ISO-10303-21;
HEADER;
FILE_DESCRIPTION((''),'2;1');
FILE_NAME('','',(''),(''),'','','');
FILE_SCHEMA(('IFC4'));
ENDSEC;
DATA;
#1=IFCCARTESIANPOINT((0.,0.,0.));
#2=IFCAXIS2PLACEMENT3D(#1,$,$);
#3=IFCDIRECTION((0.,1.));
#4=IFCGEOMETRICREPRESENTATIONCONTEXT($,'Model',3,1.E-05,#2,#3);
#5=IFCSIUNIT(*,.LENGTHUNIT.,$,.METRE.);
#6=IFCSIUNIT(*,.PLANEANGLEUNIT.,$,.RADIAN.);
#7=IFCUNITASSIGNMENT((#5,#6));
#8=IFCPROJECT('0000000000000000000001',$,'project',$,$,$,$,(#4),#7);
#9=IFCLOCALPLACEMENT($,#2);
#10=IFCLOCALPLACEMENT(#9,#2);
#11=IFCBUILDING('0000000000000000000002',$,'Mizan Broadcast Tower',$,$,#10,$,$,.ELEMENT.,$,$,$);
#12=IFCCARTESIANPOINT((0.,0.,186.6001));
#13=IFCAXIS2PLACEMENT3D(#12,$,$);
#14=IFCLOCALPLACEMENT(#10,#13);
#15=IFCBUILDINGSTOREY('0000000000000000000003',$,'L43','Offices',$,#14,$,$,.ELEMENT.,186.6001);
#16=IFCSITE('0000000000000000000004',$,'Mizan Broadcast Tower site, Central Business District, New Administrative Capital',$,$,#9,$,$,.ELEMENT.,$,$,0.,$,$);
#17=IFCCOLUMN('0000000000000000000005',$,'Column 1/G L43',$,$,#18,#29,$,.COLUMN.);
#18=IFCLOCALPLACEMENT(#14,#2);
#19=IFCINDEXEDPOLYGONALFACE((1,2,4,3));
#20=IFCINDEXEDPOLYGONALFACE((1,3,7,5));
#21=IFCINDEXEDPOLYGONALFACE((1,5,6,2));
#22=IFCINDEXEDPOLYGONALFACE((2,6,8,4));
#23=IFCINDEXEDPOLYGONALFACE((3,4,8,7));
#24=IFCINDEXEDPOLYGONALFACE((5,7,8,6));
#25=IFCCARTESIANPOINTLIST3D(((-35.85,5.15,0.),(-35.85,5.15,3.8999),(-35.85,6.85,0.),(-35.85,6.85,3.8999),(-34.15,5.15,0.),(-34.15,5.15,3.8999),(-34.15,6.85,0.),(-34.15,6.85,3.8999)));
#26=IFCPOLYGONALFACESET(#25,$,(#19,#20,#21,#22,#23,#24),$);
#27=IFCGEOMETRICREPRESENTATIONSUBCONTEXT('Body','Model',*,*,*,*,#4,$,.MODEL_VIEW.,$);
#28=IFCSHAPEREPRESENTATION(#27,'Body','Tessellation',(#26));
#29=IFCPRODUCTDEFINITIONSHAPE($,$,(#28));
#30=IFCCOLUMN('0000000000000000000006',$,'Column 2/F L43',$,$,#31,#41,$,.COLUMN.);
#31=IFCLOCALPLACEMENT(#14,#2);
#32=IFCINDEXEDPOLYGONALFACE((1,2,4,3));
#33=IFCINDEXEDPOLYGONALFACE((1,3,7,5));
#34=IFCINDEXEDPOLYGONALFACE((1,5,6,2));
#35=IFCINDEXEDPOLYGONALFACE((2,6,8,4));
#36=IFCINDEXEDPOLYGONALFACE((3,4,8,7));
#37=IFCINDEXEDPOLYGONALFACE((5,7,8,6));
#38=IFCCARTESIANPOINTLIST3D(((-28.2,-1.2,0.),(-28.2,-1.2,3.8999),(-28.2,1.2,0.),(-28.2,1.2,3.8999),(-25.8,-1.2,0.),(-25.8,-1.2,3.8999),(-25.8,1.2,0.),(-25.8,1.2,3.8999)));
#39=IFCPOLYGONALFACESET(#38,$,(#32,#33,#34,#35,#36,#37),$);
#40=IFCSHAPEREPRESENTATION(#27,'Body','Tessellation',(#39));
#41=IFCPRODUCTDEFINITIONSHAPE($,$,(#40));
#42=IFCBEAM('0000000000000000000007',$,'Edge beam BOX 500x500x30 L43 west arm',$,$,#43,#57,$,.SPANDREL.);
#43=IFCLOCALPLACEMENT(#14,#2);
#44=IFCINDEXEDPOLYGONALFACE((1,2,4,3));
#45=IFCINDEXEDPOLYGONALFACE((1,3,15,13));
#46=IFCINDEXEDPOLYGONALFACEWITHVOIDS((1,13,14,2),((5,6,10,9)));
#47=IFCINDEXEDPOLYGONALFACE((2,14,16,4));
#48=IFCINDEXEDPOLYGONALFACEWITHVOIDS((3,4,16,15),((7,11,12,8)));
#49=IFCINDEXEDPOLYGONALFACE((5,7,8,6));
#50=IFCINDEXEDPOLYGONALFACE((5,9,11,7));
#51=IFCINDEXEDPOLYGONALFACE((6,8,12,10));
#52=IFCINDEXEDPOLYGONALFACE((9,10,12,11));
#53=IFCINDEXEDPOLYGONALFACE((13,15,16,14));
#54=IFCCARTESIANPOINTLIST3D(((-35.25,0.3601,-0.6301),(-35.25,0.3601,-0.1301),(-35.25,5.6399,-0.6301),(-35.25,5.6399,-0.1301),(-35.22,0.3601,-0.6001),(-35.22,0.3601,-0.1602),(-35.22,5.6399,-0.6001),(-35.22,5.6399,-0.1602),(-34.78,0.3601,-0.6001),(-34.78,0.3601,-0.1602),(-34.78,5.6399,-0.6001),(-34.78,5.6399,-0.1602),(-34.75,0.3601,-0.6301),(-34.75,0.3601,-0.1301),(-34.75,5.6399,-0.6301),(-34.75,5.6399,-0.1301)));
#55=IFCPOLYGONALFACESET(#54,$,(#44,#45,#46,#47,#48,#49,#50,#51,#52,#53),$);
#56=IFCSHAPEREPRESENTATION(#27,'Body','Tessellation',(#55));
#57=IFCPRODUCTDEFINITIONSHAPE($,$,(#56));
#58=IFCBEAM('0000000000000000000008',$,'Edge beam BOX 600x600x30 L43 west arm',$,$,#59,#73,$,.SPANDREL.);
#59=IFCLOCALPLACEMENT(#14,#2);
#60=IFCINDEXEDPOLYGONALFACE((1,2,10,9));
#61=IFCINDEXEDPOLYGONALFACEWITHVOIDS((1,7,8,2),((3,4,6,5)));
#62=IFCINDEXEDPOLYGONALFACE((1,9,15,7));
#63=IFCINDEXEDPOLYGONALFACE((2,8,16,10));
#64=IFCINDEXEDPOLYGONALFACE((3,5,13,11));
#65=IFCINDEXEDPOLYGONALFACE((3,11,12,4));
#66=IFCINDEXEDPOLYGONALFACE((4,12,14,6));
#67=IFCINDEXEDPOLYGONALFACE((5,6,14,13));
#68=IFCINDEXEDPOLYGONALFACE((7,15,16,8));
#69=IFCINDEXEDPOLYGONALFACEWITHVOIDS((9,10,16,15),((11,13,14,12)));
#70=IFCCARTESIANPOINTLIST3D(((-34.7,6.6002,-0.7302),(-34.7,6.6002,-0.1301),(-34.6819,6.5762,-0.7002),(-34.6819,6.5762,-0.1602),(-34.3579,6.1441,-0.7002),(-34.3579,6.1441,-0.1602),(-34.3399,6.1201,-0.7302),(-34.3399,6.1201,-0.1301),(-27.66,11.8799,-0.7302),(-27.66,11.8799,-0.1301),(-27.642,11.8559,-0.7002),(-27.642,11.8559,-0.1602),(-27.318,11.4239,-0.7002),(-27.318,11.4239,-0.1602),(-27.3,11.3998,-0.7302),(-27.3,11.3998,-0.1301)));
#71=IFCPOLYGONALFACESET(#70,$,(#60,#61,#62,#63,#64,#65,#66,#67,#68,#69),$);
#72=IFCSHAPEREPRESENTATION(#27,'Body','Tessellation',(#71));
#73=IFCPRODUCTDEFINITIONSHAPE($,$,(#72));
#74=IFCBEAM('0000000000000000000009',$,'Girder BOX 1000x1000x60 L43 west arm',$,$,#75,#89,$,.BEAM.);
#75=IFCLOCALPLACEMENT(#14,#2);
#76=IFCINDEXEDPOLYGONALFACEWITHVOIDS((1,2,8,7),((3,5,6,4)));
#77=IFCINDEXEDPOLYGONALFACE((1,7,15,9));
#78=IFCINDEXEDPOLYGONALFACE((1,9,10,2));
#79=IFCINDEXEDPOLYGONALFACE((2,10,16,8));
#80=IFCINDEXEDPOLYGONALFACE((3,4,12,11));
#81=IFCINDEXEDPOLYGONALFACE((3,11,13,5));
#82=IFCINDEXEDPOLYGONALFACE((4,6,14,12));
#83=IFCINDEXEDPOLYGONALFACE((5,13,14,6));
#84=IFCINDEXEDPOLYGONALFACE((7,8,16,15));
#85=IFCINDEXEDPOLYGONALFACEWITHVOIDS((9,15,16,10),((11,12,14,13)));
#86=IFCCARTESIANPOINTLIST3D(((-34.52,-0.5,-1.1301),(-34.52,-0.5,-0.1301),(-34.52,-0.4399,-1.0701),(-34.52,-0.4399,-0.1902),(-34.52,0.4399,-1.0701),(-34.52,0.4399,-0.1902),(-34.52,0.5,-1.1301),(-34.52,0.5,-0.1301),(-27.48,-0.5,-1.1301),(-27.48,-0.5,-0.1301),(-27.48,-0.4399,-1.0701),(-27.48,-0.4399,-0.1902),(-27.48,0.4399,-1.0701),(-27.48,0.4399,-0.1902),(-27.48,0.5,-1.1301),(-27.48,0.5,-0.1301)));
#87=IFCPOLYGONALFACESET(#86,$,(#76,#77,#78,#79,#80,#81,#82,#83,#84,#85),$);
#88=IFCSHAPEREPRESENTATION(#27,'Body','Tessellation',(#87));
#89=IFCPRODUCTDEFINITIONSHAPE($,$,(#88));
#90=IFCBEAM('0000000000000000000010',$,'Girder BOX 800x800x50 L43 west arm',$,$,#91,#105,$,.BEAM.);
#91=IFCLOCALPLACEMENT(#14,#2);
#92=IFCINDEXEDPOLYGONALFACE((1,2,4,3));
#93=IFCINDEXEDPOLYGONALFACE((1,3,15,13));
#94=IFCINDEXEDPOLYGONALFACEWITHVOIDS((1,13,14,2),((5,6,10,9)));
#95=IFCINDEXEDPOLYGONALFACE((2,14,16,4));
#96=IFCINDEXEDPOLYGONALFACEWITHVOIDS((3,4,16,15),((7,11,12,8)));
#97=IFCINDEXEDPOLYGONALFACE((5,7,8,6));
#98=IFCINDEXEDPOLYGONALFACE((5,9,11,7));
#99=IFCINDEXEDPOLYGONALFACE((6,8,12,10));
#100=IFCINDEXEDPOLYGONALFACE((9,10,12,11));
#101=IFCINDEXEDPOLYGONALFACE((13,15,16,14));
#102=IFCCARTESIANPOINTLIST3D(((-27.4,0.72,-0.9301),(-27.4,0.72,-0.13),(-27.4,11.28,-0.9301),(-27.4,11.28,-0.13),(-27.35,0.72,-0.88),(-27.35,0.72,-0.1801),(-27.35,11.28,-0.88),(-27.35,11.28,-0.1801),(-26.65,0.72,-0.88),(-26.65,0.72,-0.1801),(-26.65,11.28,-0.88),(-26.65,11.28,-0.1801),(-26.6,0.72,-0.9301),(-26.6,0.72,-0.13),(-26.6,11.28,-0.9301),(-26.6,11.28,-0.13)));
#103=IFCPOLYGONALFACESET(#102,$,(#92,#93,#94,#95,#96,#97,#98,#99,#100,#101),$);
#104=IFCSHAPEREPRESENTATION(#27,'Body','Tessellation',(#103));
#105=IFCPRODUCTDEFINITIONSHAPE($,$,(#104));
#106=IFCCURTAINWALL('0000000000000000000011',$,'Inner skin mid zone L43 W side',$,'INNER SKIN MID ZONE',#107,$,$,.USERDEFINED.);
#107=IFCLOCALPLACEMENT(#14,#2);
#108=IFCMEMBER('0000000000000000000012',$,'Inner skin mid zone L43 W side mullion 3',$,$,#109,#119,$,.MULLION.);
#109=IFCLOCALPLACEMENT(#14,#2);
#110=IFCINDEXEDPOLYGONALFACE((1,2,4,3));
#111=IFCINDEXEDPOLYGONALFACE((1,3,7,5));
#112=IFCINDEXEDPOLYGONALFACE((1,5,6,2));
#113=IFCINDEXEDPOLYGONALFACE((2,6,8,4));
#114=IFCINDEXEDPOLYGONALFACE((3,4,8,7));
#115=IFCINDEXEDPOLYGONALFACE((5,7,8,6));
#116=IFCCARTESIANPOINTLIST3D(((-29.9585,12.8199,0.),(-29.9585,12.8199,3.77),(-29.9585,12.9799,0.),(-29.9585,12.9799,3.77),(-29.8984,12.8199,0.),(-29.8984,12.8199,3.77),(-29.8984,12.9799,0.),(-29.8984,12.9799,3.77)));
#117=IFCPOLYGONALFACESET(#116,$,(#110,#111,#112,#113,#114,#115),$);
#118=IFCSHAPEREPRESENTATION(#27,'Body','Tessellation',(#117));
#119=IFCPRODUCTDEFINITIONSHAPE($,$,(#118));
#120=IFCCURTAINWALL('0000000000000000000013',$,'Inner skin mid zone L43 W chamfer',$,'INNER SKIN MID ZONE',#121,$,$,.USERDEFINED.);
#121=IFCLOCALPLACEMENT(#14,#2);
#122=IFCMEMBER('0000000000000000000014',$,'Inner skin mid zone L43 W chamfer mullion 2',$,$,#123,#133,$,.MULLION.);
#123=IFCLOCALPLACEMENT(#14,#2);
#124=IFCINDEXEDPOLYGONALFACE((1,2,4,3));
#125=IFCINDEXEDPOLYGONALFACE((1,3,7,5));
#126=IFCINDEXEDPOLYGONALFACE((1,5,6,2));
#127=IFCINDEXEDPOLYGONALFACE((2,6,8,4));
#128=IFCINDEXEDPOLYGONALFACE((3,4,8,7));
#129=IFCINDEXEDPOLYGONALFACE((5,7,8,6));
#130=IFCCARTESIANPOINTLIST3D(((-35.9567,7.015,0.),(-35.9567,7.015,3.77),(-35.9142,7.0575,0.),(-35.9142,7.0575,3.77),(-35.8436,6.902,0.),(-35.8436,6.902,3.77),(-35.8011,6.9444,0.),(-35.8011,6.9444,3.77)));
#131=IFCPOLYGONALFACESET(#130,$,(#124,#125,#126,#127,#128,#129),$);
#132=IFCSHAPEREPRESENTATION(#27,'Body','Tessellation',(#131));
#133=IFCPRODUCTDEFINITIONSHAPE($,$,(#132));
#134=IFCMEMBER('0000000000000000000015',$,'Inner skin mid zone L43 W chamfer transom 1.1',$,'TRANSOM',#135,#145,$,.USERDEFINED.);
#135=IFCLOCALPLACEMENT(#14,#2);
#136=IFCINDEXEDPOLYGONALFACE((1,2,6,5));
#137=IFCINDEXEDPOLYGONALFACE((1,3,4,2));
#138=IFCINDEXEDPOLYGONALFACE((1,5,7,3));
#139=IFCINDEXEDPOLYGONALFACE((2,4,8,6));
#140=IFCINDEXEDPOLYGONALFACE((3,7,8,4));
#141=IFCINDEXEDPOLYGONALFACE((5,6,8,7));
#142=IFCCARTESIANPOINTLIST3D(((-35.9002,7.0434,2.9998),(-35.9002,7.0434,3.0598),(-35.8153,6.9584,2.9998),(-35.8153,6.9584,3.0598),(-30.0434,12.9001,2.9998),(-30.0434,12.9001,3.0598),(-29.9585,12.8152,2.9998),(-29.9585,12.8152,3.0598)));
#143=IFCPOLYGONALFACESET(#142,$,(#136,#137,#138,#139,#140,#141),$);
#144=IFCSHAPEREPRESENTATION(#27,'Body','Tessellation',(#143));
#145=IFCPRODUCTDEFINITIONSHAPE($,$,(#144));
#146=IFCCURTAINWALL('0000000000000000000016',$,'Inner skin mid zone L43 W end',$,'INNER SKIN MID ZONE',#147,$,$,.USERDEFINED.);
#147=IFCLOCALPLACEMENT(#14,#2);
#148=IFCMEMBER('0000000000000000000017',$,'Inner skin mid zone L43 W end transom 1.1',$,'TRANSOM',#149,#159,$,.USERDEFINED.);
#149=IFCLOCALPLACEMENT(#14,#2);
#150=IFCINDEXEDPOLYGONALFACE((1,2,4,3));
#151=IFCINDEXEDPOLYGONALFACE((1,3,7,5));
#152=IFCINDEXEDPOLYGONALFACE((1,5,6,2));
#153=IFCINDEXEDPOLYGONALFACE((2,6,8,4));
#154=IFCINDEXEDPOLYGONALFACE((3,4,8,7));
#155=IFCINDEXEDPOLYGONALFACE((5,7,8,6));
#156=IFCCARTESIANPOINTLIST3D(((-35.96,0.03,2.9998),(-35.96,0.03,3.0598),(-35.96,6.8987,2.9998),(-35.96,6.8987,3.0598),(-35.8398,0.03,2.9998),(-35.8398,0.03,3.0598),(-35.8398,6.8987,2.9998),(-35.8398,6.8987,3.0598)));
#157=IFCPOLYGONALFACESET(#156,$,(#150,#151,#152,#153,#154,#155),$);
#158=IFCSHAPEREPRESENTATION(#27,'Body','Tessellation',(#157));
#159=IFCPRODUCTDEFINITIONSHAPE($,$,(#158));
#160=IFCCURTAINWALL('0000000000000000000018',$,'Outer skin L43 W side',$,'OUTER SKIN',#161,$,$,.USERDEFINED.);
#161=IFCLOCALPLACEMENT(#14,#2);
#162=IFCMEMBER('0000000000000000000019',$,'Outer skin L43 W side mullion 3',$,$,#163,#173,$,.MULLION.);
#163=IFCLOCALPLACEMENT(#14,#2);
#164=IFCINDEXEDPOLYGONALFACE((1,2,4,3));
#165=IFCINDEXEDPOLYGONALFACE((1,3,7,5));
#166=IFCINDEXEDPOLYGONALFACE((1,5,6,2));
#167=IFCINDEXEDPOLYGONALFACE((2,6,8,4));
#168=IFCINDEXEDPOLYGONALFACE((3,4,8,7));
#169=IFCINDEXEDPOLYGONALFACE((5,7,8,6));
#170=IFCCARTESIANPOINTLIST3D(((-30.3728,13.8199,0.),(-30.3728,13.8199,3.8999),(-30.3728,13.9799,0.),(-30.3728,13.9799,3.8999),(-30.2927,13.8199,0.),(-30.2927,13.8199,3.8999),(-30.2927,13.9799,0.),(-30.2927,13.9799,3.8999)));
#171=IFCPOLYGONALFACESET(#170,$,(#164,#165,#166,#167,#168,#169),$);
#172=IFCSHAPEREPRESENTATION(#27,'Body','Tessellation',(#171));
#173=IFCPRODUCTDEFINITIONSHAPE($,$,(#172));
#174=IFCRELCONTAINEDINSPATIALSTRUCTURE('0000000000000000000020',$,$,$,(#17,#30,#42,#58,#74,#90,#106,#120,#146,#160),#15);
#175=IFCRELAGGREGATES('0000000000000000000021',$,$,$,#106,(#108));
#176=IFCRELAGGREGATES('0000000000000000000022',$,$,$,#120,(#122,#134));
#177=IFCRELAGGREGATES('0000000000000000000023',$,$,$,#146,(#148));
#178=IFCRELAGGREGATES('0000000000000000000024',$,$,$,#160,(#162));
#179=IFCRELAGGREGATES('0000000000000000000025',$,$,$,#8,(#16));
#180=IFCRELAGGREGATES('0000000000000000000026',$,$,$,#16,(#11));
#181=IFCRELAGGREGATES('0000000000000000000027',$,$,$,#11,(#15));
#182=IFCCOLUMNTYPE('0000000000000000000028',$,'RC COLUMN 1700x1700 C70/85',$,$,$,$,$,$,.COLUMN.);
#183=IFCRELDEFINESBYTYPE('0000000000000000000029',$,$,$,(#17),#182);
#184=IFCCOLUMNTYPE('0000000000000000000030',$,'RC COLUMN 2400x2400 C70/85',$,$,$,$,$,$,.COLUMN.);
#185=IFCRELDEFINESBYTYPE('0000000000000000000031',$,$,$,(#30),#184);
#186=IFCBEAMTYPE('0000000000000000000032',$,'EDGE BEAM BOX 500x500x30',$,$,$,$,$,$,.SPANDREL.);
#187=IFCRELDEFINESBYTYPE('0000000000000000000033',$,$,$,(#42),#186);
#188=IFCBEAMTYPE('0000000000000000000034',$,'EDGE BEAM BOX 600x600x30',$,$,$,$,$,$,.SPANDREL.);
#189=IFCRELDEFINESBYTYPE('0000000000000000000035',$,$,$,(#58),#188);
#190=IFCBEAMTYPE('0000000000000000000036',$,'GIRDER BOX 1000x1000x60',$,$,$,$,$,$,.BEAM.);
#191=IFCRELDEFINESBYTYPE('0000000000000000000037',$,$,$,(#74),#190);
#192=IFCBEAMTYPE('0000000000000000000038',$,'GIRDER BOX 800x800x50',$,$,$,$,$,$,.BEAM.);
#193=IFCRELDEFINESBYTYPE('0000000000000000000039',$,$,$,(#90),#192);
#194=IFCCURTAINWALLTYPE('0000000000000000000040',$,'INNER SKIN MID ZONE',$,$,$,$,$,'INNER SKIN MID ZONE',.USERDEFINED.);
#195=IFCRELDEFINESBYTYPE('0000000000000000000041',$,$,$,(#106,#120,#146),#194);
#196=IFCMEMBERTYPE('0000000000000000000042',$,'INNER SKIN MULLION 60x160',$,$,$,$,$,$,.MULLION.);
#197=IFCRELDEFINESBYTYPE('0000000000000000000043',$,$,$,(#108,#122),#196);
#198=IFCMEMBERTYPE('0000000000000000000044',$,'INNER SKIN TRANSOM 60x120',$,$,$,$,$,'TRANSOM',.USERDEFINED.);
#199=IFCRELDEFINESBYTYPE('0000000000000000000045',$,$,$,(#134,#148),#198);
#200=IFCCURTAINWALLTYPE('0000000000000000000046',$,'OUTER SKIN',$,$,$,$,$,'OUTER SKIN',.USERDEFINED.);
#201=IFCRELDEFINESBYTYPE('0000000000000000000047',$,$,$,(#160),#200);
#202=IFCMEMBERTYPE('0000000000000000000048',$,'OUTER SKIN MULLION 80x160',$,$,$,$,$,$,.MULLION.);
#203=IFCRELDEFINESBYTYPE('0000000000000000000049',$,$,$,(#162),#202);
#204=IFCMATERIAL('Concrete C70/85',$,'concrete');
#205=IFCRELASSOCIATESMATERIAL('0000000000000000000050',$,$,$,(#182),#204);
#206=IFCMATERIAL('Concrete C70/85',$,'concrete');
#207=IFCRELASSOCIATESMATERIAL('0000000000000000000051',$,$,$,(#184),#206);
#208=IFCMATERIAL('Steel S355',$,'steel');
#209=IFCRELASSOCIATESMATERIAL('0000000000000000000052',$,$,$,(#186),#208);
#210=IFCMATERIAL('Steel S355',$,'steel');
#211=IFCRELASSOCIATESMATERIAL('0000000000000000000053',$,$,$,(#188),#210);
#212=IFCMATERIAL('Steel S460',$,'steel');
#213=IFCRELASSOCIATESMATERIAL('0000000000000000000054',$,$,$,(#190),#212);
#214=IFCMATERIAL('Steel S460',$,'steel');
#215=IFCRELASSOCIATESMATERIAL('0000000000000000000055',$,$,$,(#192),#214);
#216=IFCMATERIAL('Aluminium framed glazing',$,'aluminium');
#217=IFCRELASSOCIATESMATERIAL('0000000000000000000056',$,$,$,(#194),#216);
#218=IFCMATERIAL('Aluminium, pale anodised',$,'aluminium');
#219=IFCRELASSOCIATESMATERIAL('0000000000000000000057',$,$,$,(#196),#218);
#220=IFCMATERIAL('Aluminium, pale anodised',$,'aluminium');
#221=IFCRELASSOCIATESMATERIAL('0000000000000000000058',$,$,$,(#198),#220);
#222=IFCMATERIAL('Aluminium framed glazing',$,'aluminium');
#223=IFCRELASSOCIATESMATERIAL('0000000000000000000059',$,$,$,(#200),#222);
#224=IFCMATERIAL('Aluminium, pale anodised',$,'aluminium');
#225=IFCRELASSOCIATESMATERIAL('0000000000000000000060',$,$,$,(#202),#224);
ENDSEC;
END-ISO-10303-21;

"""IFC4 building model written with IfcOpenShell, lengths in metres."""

from ifc_helpers import new_model, si_unit, direction, frame, origin, origin_2d, place, context, subcontext, project, spatial, rectangle, hollow_rectangle, extrude, material, material_profile, profile_set, type_object, element, aggregate, save


model = new_model("IFC4")

# Units and contexts
model_context = context("Model", 3, precision=1e-05, world=origin(), true_north=direction((0.0, 1.0)))
body_context = subcontext(model_context, "Body", "Model", "MODEL_VIEW")
ifc_project = project(units=[si_unit("LENGTHUNIT", "METRE"), si_unit("PLANEANGLEUNIT", "RADIAN")], contexts=[model_context])

# Site, building, storey
site_placement = place(None, origin())
site = spatial("IfcSite", under=ifc_project, at=site_placement, Name="Mizan Broadcast Tower site, Central Business District, New Administrative Capital", CompositionType="ELEMENT", RefElevation=0.0)
building_placement = place(site_placement, origin())
building = spatial("IfcBuilding", under=site, at=building_placement, Name="Mizan Broadcast Tower", CompositionType="ELEMENT")
storey_placement = place(building_placement, frame((0.0, 0.0, 186.6001)))
storey = spatial("IfcBuildingStorey", under=building, at=storey_placement, Name="L43", Description="Offices", CompositionType="ELEMENT", Elevation=186.6001)

# Columns
ifc_material_1 = material(Name="Concrete C70/85", Category="concrete")
ifc_material_profile_1 = material_profile(ifc_material_1, rectangle(XDim=1.7, YDim=1.7, at=origin_2d()), Name="RC 1700x1700")
ifc_profile_set_1 = profile_set([ifc_material_profile_1], Name="Concrete C70/85")
column_type_1 = type_object("IfcColumnType", Name="RC COLUMN 1700x1700 C70/85", PredefinedType="COLUMN", material=ifc_profile_set_1)
column_1_placement = place(storey_placement, frame((-35.0, 6.0, 0.0), z_axis=(0.0, 0.0, 1.0), x_axis=(1.0, 0.0, 0.0)))
element("IfcColumn", 1, at=column_1_placement, inside=storey, type_object=column_type_1, Name="Column 1/G L43", PredefinedType="COLUMN", context=body_context, shape_type="SweptSolid", body=[
    extrude(rectangle(XDim=1.7, YDim=1.7, at=origin_2d()), origin(), (0.0, 0.0, 1.0), 3.8999),
])
ifc_material_2 = material(Name="Concrete C70/85", Category="concrete")
ifc_material_profile_2 = material_profile(ifc_material_2, rectangle(XDim=2.3999, YDim=2.3999, at=origin_2d()), Name="RC 2400x2400")
ifc_profile_set_2 = profile_set([ifc_material_profile_2], Name="Concrete C70/85")
column_type_2 = type_object("IfcColumnType", Name="RC COLUMN 2400x2400 C70/85", PredefinedType="COLUMN", material=ifc_profile_set_2)
column_2_placement = place(storey_placement, frame((-27.0, 0.0, 0.0), z_axis=(0.0, 0.0, 1.0), x_axis=(1.0, 0.0, 0.0)))
element("IfcColumn", 2, at=column_2_placement, inside=storey, type_object=column_type_2, Name="Column 2/F L43", PredefinedType="COLUMN", context=body_context, shape_type="SweptSolid", body=[
    extrude(rectangle(XDim=2.3999, YDim=2.3999, at=origin_2d()), origin(), (0.0, 0.0, 1.0), 3.8999),
])

# Beams
ifc_material_3 = material(Name="Steel S355", Category="steel")
ifc_material_profile_3 = material_profile(ifc_material_3, hollow_rectangle(XDim=0.5, YDim=0.5, WallThickness=0.03, at=origin_2d()), Name="BOX 500x500x30")
ifc_profile_set_3 = profile_set([ifc_material_profile_3], Name="Steel S355")
beam_type_1 = type_object("IfcBeamType", Name="EDGE BEAM BOX 500x500x30", PredefinedType="SPANDREL", material=ifc_profile_set_3)
beam_1_placement = place(storey_placement, frame((-35.0, 5.6399, -0.3801), z_axis=(0.0, -1.0, 0.0), x_axis=(1.0, 0.0, 0.0)))
element("IfcBeam", 3, at=beam_1_placement, inside=storey, type_object=beam_type_1, Name="Edge beam BOX 500x500x30 L43 west arm", PredefinedType="SPANDREL", context=body_context, shape_type="SweptSolid", body=[
    extrude(hollow_rectangle(XDim=0.5, YDim=0.5, WallThickness=0.03, at=origin_2d()), origin(), (0.0, 0.0, 1.0), 5.2798),
])
ifc_material_4 = material(Name="Steel S355", Category="steel")
ifc_material_profile_4 = material_profile(ifc_material_4, hollow_rectangle(XDim=0.6001, YDim=0.6001, WallThickness=0.03, at=origin_2d()), Name="BOX 600x600x30")
ifc_profile_set_4 = profile_set([ifc_material_profile_4], Name="Steel S355")
beam_type_2 = type_object("IfcBeamType", Name="EDGE BEAM BOX 600x600x30", PredefinedType="SPANDREL", material=ifc_profile_set_4)
beam_2_placement = place(storey_placement, frame((-27.48, 11.6399, -0.4302), z_axis=(-0.800013, -0.599982, 0.0), x_axis=(0.599982, -0.800013, 0.0)))
element("IfcBeam", 4, at=beam_2_placement, inside=storey, type_object=beam_type_2, Name="Edge beam BOX 600x600x30 L43 west arm", PredefinedType="SPANDREL", context=body_context, shape_type="SweptSolid", body=[
    extrude(hollow_rectangle(XDim=0.6001, YDim=0.6001, WallThickness=0.03, at=origin_2d()), origin(), (0.0, 0.0, 1.0), 8.7998),
])
ifc_material_5 = material(Name="Steel S460", Category="steel")
ifc_material_profile_5 = material_profile(ifc_material_5, hollow_rectangle(XDim=1.0, YDim=1.0, WallThickness=0.0601, at=origin_2d()), Name="BOX 1000x1000x60")
ifc_profile_set_5 = profile_set([ifc_material_profile_5], Name="Steel S460")
beam_type_3 = type_object("IfcBeamType", Name="GIRDER BOX 1000x1000x60", PredefinedType="BEAM", material=ifc_profile_set_5)
beam_3_placement = place(storey_placement, frame((-27.48, 0.0, -0.6301), z_axis=(-1.0, 0.0, 0.0), x_axis=(0.0, -1.0, 0.0)))
element("IfcBeam", 5, at=beam_3_placement, inside=storey, type_object=beam_type_3, Name="Girder BOX 1000x1000x60 L43 west arm", PredefinedType="BEAM", context=body_context, shape_type="SweptSolid", body=[
    extrude(hollow_rectangle(XDim=1.0, YDim=1.0, WallThickness=0.0601, at=origin_2d()), origin(), (0.0, 0.0, 1.0), 7.04),
])
ifc_material_6 = material(Name="Steel S460", Category="steel")
ifc_material_profile_6 = material_profile(ifc_material_6, hollow_rectangle(XDim=0.8, YDim=0.8, WallThickness=0.05, at=origin_2d()), Name="BOX 800x800x50")
ifc_profile_set_6 = profile_set([ifc_material_profile_6], Name="Steel S460")
beam_type_4 = type_object("IfcBeamType", Name="GIRDER BOX 800x800x50", PredefinedType="BEAM", material=ifc_profile_set_6)
beam_4_placement = place(storey_placement, frame((-27.0, 11.28, -0.53), z_axis=(0.0, -1.0, 0.0), x_axis=(1.0, 0.0, 0.0)))
element("IfcBeam", 6, at=beam_4_placement, inside=storey, type_object=beam_type_4, Name="Girder BOX 800x800x50 L43 west arm", PredefinedType="BEAM", context=body_context, shape_type="SweptSolid", body=[
    extrude(hollow_rectangle(XDim=0.8, YDim=0.8, WallThickness=0.05, at=origin_2d()), origin(), (0.0, 0.0, 1.0), 10.5601),
])

# Curtain wall, member
ifc_material_7 = material(Name="Aluminium framed glazing", Category="aluminium")
curtain_wall_type_1 = type_object("IfcCurtainWallType", Name="INNER SKIN MID ZONE", ElementType="INNER SKIN MID ZONE", PredefinedType="USERDEFINED", material=ifc_material_7)
curtain_wall_1_placement = place(storey_placement, origin())
curtain_wall_1 = element("IfcCurtainWall", 7, at=curtain_wall_1_placement, inside=storey, type_object=curtain_wall_type_1, Name="Inner skin mid zone L43 W side", ObjectType="INNER SKIN MID ZONE", PredefinedType="USERDEFINED")
ifc_material_8 = material(Name="Aluminium, pale anodised", Category="aluminium")
ifc_material_profile_7 = material_profile(ifc_material_8, rectangle(XDim=0.1599, YDim=0.0601, at=origin_2d()), Name="MULLION 160x60")
ifc_profile_set_7 = profile_set([ifc_material_profile_7], Name="Aluminium, pale anodised")
member_type_1 = type_object("IfcMemberType", Name="INNER SKIN MULLION 60x160", PredefinedType="MULLION", material=ifc_profile_set_7)
member_1_placement = place(storey_placement, frame((-29.9285, 12.8999, 0.0), z_axis=(0.0, 0.0, 1.0), x_axis=(0.0, -1.0, 0.0)))
member_1 = element("IfcMember", 8, at=member_1_placement, type_object=member_type_1, Name="Inner skin mid zone L43 W side mullion 3", PredefinedType="MULLION", context=body_context, shape_type="SweptSolid", body=[
    extrude(rectangle(XDim=0.1599, YDim=0.0601, at=origin_2d()), origin(), (0.0, 0.0, 1.0), 3.77),
])

# Curtain wall, members
curtain_wall_2_placement = place(storey_placement, origin())
curtain_wall_2 = element("IfcCurtainWall", 9, at=curtain_wall_2_placement, inside=storey, type_object=curtain_wall_type_1, Name="Inner skin mid zone L43 W chamfer", ObjectType="INNER SKIN MID ZONE", PredefinedType="USERDEFINED")
member_2_placement = place(storey_placement, frame((-35.8789, 6.9797, 0.0), z_axis=(0.0, 0.0, 1.0), x_axis=(0.707107, -0.707107, 0.0)))
member_2 = element("IfcMember", 10, at=member_2_placement, type_object=member_type_1, Name="Inner skin mid zone L43 W chamfer mullion 2", PredefinedType="MULLION", context=body_context, shape_type="SweptSolid", body=[
    extrude(rectangle(XDim=0.1599, YDim=0.0601, at=origin_2d()), origin(), (0.0, 0.0, 1.0), 3.77),
])
ifc_material_9 = material(Name="Aluminium, pale anodised", Category="aluminium")
ifc_material_profile_8 = material_profile(ifc_material_9, rectangle(XDim=0.1201, YDim=0.0601, at=origin_2d()), Name="TRANSOM 120x60")
ifc_profile_set_8 = profile_set([ifc_material_profile_8], Name="Aluminium, pale anodised")
member_type_2 = type_object("IfcMemberType", Name="INNER SKIN TRANSOM 60x120", ElementType="TRANSOM", PredefinedType="USERDEFINED", material=ifc_profile_set_8)
member_3_placement = place(storey_placement, frame((-30.001, 12.8577, 3.0298), z_axis=(-0.707107, -0.707107, 0.0), x_axis=(0.707107, -0.707107, 0.0)))
member_3 = element("IfcMember", 11, at=member_3_placement, type_object=member_type_2, Name="Inner skin mid zone L43 W chamfer transom 1.1", ObjectType="TRANSOM", PredefinedType="USERDEFINED", context=body_context, shape_type="SweptSolid", body=[
    extrude(rectangle(XDim=0.1201, YDim=0.0601, at=origin_2d()), origin(), (0.0, 0.0, 1.0), 8.2827),
])

# Curtain walls, members
curtain_wall_3_placement = place(storey_placement, origin())
curtain_wall_3 = element("IfcCurtainWall", 12, at=curtain_wall_3_placement, inside=storey, type_object=curtain_wall_type_1, Name="Inner skin mid zone L43 W end", ObjectType="INNER SKIN MID ZONE", PredefinedType="USERDEFINED")
member_4_placement = place(storey_placement, frame((-35.8999, 6.8987, 3.0298), z_axis=(0.0, -1.0, 0.0), x_axis=(1.0, 0.0, 0.0)))
member_4 = element("IfcMember", 13, at=member_4_placement, type_object=member_type_2, Name="Inner skin mid zone L43 W end transom 1.1", ObjectType="TRANSOM", PredefinedType="USERDEFINED", context=body_context, shape_type="SweptSolid", body=[
    extrude(rectangle(XDim=0.1201, YDim=0.0601, at=origin_2d()), origin(), (0.0, 0.0, 1.0), 6.8687),
])
ifc_material_10 = material(Name="Aluminium framed glazing", Category="aluminium")
curtain_wall_type_2 = type_object("IfcCurtainWallType", Name="OUTER SKIN", ElementType="OUTER SKIN", PredefinedType="USERDEFINED", material=ifc_material_10)
curtain_wall_4_placement = place(storey_placement, origin())
curtain_wall_4 = element("IfcCurtainWall", 14, at=curtain_wall_4_placement, inside=storey, type_object=curtain_wall_type_2, Name="Outer skin L43 W side", ObjectType="OUTER SKIN", PredefinedType="USERDEFINED")
ifc_material_11 = material(Name="Aluminium, pale anodised", Category="aluminium")
ifc_material_profile_9 = material_profile(ifc_material_11, rectangle(XDim=0.1599, YDim=0.0801, at=origin_2d()), Name="MULLION 160x80")
ifc_profile_set_9 = profile_set([ifc_material_profile_9], Name="Aluminium, pale anodised")
member_type_3 = type_object("IfcMemberType", Name="OUTER SKIN MULLION 80x160", PredefinedType="MULLION", material=ifc_profile_set_9)
member_5_placement = place(storey_placement, frame((-30.3328, 13.8999, 0.0), z_axis=(0.0, 0.0, 1.0), x_axis=(0.0, -1.0, 0.0)))
member_5 = element("IfcMember", 15, at=member_5_placement, type_object=member_type_3, Name="Outer skin L43 W side mullion 3", PredefinedType="MULLION", context=body_context, shape_type="SweptSolid", body=[
    extrude(rectangle(XDim=0.1599, YDim=0.0801, at=origin_2d()), origin(), (0.0, 0.0, 1.0), 3.8999),
])

aggregate(curtain_wall_1, [member_1])
aggregate(curtain_wall_2, [member_2, member_3])
aggregate(curtain_wall_3, [member_4])
aggregate(curtain_wall_4, [member_5])

save(model, "model.ifc")
